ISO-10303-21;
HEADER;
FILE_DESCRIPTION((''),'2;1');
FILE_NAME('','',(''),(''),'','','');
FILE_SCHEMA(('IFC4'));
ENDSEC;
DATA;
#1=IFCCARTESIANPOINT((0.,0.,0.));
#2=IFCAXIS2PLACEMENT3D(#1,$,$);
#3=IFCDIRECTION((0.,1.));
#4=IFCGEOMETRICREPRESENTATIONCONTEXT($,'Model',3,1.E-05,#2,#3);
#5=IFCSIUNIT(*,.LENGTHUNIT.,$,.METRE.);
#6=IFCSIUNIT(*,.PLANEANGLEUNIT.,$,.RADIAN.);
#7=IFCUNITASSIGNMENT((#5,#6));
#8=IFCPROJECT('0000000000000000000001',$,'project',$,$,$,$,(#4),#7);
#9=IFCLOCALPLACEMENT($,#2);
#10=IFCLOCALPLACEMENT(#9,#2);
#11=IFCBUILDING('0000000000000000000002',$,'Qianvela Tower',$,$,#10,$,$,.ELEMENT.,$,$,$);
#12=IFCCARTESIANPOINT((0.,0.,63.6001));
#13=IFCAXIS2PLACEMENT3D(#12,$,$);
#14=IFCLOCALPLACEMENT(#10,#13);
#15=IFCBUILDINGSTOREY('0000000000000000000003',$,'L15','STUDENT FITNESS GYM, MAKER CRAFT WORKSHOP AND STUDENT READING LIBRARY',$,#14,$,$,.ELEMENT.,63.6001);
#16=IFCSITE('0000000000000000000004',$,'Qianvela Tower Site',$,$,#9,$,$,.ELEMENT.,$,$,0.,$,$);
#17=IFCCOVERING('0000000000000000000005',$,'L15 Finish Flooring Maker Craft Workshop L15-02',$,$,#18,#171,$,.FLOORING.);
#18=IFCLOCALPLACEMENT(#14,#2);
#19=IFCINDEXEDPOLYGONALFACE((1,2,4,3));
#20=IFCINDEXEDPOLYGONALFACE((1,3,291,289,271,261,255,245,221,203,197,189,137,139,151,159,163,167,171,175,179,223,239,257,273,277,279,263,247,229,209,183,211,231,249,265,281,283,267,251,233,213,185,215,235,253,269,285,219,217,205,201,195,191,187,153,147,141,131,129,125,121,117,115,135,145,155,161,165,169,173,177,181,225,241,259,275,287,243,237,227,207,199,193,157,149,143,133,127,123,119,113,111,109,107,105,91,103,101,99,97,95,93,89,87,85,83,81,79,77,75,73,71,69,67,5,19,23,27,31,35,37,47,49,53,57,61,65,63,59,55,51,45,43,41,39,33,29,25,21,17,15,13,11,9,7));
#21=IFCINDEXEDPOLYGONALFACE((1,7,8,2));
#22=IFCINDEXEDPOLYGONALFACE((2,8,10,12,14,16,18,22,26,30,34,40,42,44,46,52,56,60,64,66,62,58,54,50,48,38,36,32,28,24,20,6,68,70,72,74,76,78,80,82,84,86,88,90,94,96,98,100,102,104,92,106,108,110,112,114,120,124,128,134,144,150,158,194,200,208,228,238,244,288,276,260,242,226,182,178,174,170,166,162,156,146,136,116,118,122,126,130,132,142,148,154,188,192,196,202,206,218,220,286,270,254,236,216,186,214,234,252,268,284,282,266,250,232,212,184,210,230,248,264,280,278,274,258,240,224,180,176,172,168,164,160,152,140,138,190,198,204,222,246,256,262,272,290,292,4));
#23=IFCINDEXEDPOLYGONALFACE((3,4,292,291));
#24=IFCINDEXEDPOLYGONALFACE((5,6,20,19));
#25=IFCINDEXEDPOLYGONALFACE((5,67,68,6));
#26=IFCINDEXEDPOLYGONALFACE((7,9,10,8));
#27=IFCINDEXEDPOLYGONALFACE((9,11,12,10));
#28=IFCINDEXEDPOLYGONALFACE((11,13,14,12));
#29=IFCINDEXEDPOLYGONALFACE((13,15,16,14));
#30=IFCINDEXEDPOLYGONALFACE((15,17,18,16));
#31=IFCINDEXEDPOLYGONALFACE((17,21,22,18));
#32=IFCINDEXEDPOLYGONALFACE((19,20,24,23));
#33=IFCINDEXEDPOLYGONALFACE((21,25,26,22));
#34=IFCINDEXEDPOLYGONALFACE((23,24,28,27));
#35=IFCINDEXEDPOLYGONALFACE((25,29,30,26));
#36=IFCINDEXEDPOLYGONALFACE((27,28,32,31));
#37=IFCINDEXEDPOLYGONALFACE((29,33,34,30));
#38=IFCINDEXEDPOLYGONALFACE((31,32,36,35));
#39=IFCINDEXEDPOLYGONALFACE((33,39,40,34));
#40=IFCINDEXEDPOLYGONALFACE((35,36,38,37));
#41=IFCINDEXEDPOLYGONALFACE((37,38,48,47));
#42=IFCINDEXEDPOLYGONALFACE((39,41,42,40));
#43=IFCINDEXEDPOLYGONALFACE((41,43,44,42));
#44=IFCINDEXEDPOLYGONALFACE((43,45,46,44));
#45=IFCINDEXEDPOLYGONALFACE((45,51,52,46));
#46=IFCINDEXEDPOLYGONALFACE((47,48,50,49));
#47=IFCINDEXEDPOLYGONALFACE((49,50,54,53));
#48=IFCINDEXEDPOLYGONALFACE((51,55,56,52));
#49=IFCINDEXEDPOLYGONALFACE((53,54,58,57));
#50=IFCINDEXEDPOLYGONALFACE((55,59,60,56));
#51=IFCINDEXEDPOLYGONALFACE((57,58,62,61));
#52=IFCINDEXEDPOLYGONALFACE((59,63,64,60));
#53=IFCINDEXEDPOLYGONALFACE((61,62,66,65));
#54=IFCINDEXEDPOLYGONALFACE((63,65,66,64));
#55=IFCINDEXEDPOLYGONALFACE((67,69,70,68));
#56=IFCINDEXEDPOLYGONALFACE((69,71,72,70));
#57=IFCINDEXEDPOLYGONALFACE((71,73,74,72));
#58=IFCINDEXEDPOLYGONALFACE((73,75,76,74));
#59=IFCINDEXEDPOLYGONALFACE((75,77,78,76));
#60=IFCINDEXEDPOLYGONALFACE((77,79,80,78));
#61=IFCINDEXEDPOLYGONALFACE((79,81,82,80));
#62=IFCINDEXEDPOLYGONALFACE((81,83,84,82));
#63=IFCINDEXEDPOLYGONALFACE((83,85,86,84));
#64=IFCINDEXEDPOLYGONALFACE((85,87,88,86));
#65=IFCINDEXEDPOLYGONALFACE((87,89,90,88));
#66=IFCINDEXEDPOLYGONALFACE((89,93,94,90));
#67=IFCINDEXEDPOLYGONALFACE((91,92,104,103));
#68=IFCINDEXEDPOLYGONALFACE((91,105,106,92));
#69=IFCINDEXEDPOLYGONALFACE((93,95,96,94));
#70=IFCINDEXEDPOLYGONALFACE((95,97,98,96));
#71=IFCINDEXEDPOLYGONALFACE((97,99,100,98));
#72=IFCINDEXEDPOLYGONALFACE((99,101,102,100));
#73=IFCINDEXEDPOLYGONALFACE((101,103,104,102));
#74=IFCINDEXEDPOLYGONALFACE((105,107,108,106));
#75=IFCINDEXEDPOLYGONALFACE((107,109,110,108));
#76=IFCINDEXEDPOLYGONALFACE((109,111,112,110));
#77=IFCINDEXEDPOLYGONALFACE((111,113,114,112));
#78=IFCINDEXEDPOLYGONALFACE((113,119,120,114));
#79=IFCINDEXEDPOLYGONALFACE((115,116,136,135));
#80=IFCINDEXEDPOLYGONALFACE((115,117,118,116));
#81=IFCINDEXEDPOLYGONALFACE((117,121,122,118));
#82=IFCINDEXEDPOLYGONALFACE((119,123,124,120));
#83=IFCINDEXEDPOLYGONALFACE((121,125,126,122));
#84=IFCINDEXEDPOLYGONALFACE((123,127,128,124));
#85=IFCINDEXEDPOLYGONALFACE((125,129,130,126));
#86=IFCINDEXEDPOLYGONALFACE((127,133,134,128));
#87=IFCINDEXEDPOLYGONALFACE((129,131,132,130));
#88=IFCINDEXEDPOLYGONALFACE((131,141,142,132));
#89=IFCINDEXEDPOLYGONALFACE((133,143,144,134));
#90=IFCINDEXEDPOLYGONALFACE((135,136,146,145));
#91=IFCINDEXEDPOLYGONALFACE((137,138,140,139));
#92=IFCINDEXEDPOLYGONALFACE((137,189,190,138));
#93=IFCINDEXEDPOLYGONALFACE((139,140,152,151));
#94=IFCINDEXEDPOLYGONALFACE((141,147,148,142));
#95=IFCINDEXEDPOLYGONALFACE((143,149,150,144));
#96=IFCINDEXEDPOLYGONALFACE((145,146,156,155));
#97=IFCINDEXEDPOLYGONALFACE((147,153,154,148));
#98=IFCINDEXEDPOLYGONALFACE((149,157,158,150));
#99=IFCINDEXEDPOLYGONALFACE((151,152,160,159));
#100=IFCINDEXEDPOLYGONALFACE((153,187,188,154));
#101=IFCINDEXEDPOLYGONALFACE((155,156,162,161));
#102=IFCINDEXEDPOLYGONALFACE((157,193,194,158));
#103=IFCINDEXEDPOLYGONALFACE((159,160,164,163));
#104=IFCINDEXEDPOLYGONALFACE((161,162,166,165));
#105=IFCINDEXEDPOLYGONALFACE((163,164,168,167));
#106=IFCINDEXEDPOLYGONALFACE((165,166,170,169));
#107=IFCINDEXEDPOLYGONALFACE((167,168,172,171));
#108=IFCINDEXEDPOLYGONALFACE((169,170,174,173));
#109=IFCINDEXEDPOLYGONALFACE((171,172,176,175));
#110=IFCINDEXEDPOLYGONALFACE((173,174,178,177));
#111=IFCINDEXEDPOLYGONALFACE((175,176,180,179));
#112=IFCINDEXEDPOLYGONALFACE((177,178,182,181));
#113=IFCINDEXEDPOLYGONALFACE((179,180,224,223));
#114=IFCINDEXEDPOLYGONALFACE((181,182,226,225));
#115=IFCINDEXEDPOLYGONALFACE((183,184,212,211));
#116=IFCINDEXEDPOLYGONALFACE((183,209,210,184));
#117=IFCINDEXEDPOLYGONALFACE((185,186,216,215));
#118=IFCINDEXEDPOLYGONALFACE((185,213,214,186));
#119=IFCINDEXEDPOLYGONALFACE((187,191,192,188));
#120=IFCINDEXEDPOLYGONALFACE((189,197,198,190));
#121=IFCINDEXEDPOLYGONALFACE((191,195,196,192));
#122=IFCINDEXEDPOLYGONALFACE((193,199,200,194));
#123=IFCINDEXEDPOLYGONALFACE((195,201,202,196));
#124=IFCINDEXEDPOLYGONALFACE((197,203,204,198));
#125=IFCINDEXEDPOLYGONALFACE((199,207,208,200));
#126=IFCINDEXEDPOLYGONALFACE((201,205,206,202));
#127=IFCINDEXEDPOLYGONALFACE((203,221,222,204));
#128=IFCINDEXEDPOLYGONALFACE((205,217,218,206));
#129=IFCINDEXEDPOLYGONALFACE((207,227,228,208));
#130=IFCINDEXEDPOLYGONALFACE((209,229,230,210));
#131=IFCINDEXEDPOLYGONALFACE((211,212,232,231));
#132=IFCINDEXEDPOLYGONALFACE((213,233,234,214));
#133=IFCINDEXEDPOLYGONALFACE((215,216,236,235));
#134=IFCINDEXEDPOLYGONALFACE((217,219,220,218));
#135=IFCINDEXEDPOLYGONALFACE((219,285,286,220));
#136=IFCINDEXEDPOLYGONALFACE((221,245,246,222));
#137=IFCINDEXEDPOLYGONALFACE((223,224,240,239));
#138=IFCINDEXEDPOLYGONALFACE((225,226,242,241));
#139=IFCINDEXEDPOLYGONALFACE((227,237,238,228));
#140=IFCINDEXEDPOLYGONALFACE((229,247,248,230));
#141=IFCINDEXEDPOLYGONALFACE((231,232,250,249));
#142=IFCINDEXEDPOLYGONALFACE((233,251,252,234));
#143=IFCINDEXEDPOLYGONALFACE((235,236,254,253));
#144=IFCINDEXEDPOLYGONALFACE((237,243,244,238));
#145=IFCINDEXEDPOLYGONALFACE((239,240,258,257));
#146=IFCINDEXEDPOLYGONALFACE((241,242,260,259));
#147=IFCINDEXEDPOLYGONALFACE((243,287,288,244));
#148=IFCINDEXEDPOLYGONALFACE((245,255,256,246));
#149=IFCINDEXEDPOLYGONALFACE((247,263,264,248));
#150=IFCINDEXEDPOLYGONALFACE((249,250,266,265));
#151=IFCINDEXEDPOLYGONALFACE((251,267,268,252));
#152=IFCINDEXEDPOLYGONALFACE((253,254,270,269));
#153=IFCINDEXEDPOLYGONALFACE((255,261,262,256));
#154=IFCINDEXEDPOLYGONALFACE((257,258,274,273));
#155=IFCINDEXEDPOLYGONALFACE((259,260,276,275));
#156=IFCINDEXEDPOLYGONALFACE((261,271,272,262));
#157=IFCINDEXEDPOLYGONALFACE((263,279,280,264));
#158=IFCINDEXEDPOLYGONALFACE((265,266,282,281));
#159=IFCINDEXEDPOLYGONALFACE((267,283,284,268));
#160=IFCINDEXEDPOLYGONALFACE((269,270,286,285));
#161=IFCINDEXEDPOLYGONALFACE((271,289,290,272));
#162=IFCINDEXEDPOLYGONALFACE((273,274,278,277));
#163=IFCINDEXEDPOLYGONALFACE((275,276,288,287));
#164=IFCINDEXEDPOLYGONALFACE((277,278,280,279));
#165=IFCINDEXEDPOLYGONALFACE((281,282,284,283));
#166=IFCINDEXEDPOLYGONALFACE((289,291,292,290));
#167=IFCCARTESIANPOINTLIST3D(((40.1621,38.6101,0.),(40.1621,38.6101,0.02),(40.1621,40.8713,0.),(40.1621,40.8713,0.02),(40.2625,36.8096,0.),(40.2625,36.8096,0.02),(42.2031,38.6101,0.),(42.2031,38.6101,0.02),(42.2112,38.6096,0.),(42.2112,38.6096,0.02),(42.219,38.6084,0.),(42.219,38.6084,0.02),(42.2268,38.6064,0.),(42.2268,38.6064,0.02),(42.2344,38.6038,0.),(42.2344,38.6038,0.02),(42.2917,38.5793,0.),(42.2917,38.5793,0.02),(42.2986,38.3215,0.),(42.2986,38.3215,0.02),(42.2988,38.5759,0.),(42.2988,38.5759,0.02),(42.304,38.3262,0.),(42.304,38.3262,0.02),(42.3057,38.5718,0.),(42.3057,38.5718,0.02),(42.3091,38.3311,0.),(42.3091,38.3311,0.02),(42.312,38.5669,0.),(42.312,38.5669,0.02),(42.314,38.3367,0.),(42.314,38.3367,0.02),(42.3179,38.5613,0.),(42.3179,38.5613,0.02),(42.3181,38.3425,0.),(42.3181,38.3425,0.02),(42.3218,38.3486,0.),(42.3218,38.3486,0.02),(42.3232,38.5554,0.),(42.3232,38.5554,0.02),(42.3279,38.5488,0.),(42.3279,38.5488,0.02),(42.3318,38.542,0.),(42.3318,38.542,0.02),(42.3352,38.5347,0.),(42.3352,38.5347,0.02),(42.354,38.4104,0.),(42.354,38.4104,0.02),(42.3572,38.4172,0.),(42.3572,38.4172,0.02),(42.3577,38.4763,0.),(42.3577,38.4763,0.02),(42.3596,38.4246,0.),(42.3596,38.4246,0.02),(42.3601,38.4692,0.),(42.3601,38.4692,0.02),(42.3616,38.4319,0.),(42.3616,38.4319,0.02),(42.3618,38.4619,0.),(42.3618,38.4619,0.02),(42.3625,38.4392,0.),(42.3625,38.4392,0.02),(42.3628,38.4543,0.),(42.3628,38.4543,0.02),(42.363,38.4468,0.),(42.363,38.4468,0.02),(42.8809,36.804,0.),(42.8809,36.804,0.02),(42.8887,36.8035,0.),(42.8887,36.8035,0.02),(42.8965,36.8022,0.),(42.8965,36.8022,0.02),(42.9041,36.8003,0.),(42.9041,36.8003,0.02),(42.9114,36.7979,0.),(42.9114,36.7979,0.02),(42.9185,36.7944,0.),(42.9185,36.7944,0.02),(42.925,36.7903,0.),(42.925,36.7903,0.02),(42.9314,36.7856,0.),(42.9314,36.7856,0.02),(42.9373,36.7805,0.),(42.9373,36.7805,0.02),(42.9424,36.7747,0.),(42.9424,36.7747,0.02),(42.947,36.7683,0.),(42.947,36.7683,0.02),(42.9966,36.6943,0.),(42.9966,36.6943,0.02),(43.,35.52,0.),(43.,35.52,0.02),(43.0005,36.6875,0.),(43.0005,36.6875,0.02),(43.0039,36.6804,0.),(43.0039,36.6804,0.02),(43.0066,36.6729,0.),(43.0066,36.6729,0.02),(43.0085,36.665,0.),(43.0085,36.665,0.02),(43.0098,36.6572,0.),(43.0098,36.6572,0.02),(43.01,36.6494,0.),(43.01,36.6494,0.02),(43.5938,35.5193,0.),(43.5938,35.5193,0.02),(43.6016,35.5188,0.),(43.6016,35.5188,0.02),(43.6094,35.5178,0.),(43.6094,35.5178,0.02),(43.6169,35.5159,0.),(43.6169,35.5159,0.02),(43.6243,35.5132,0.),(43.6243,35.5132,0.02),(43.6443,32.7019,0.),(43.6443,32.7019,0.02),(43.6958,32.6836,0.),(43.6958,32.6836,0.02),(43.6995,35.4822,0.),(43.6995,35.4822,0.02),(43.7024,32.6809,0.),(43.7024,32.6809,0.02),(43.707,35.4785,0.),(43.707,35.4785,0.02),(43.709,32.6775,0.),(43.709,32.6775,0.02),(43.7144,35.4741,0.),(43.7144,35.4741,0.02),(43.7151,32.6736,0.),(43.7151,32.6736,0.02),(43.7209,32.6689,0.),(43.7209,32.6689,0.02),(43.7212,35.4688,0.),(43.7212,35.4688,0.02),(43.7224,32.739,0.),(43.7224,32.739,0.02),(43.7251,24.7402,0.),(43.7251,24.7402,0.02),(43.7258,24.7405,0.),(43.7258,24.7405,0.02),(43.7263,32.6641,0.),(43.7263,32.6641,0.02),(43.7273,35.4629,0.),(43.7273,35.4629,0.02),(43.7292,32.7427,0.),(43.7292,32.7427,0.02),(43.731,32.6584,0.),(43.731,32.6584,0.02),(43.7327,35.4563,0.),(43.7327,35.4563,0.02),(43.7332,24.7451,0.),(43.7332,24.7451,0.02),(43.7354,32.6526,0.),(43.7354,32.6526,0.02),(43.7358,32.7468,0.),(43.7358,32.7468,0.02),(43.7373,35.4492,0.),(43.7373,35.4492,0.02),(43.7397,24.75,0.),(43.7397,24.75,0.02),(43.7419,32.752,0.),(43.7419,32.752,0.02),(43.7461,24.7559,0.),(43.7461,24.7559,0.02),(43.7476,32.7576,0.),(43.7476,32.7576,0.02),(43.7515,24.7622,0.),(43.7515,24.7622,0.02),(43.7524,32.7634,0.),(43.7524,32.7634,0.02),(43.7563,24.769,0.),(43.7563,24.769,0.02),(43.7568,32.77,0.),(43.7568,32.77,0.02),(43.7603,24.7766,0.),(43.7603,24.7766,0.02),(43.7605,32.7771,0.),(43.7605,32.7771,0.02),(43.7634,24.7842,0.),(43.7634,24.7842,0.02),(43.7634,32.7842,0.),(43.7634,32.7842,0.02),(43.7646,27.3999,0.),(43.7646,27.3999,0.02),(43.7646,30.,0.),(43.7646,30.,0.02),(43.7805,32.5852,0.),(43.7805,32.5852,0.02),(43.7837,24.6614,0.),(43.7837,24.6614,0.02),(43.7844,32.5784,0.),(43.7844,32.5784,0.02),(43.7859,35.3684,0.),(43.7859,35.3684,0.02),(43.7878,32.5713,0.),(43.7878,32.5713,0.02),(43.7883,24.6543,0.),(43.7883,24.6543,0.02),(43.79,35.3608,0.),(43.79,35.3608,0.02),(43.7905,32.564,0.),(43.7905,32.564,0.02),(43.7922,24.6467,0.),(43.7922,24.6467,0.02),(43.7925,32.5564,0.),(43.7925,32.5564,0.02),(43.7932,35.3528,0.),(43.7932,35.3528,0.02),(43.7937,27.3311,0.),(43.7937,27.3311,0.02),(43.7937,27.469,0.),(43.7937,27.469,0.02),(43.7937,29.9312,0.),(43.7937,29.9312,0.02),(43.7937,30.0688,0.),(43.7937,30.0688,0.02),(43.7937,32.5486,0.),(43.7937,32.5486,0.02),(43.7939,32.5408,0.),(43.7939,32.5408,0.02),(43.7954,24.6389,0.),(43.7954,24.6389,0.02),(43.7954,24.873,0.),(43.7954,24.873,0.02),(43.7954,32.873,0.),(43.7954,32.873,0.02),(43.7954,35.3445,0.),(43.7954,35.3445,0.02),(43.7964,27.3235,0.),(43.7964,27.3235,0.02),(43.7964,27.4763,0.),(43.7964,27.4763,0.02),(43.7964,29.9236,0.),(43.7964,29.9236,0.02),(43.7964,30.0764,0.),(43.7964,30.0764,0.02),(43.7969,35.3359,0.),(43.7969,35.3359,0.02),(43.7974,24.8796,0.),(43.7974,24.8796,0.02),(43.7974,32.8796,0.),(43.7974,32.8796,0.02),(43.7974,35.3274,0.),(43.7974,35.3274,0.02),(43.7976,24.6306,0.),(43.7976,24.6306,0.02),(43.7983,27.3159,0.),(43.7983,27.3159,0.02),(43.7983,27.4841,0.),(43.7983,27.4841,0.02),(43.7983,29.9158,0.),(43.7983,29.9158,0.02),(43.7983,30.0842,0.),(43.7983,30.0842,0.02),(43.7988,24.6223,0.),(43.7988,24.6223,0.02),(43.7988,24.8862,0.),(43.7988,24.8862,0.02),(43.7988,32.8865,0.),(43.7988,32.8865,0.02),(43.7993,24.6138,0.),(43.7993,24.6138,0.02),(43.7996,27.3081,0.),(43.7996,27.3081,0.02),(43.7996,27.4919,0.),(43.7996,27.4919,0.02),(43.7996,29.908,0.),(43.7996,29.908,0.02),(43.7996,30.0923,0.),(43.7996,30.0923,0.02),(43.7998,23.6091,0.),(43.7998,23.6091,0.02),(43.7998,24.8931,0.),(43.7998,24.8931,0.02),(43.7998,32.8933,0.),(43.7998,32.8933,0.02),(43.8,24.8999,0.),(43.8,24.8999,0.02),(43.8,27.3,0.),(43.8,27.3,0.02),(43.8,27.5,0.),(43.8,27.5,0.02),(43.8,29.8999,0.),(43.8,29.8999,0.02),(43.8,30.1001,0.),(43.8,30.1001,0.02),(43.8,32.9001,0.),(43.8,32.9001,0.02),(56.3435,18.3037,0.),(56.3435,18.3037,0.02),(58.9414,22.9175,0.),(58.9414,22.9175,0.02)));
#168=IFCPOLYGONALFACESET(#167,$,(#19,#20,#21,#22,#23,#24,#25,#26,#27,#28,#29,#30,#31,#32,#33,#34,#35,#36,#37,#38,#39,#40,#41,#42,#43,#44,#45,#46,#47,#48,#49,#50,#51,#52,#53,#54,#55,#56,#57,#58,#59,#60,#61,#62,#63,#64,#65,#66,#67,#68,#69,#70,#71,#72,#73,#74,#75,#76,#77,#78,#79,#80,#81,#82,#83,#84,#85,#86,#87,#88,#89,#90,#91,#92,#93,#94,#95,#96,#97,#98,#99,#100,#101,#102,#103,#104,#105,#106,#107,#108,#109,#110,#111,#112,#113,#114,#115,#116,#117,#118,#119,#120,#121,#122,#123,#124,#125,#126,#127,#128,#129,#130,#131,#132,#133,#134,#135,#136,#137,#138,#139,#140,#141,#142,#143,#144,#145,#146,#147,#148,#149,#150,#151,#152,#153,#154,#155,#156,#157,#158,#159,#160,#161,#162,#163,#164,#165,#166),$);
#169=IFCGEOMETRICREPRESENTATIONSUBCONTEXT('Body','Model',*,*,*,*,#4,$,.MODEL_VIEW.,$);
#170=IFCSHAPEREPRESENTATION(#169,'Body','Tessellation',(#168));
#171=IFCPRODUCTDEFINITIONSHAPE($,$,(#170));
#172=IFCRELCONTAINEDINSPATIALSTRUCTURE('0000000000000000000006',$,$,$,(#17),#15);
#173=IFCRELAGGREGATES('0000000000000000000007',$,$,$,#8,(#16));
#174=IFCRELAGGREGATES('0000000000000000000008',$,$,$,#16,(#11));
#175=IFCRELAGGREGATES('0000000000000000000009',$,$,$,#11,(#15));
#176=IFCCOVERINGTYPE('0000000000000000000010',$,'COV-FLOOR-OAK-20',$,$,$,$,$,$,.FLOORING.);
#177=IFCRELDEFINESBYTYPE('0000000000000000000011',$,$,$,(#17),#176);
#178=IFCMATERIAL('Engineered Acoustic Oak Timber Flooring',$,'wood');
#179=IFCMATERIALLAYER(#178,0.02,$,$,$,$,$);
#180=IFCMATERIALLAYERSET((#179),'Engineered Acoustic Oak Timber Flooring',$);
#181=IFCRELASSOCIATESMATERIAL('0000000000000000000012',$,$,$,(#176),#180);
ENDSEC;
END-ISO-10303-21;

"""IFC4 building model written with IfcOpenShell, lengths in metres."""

from ifc_helpers import new_model, si_unit, direction, frame, origin, place, context, subcontext, project, spatial, polyline, outline, extrude, material, layer, layer_set, type_object, element, save


model = new_model("IFC4")

# Units and contexts
model_context = context("Model", 3, precision=1e-05, world=origin(), true_north=direction((0.0, 1.0)))
body_context = subcontext(model_context, "Body", "Model", "MODEL_VIEW")
ifc_project = project(units=[si_unit("LENGTHUNIT", "METRE"), si_unit("PLANEANGLEUNIT", "RADIAN")], contexts=[model_context])

# Site, building, storey
site_placement = place(None, origin())
site = spatial("IfcSite", under=ifc_project, at=site_placement, Name="Qianvela Tower Site", CompositionType="ELEMENT", RefElevation=0.0)
building_placement = place(site_placement, origin())
building = spatial("IfcBuilding", under=site, at=building_placement, Name="Qianvela Tower", CompositionType="ELEMENT")
storey_placement = place(building_placement, frame((0.0, 0.0, 63.6001)))
storey = spatial("IfcBuildingStorey", under=building, at=storey_placement, Name="L15", Description="STUDENT FITNESS GYM, MAKER CRAFT WORKSHOP AND STUDENT READING LIBRARY", CompositionType="ELEMENT", Elevation=63.6001)

# Covering
ifc_material_1 = material(Name="Engineered Acoustic Oak Timber Flooring", Category="wood")
ifc_layer_1 = layer(ifc_material_1, 0.02)
ifc_layer_set_1 = layer_set([ifc_layer_1], Name="Engineered Acoustic Oak Timber Flooring")
covering_type_1 = type_object("IfcCoveringType", Name="COV-FLOOR-OAK-20", PredefinedType="FLOORING", material=ifc_layer_set_1)
covering_1_placement = place(storey_placement, origin())
element("IfcCovering", 1, at=covering_1_placement, inside=storey, type_object=covering_type_1, Name="L15 Finish Flooring Maker Craft Workshop L15-02", PredefinedType="FLOORING", context=body_context, shape_type="SweptSolid", body=[
    extrude(outline(polyline([(40.2625, 36.8096), (42.2986, 38.3215), (42.304, 38.3262), (42.3091, 38.3311), (42.314, 38.3367), (42.3181, 38.3425), (42.3218, 38.3486), (42.354, 38.4104), (42.3572, 38.4172), (42.3596, 38.4246), (42.3616, 38.4319), (42.3625, 38.4392), (42.363, 38.4468), (42.3628, 38.4543), (42.3618, 38.4619), (42.3601, 38.4692), (42.3577, 38.4763), (42.3352, 38.5347), (42.3318, 38.542), (42.3279, 38.5488), (42.3232, 38.5554), (42.3179, 38.5613), (42.312, 38.5669), (42.3057, 38.5718), (42.2988, 38.5759), (42.2917, 38.5793), (42.2344, 38.6038), (42.2268, 38.6064), (42.219, 38.6084), (42.2112, 38.6096), (42.2031, 38.6101), (40.1621, 38.6101), (40.1621, 40.8713), (58.9414, 22.9175), (56.3435, 18.3037), (43.7998, 23.6091), (43.7993, 24.6138), (43.7988, 24.6223), (43.7976, 24.6306), (43.7954, 24.6389), (43.7922, 24.6467), (43.7883, 24.6543), (43.7837, 24.6614), (43.7251, 24.7402), (43.7258, 24.7405), (43.7332, 24.7451), (43.7397, 24.75), (43.7461, 24.7559), (43.7515, 24.7622), (43.7563, 24.769), (43.7603, 24.7766), (43.7634, 24.7842), (43.7954, 24.873), (43.7974, 24.8796), (43.7988, 24.8862), (43.7998, 24.8931), (43.8, 24.8999), (43.8, 27.3), (43.7996, 27.3081), (43.7983, 27.3159), (43.7964, 27.3235), (43.7937, 27.3311), (43.7646, 27.3999), (43.7937, 27.469), (43.7964, 27.4763), (43.7983, 27.4841), (43.7996, 27.4919), (43.8, 27.5), (43.8, 29.8999), (43.7996, 29.908), (43.7983, 29.9158), (43.7964, 29.9236), (43.7937, 29.9312), (43.7646, 30.0), (43.7937, 30.0688), (43.7964, 30.0764), (43.7983, 30.0842), (43.7996, 30.0923), (43.8, 30.1001), (43.7939, 32.5408), (43.7937, 32.5486), (43.7925, 32.5564), (43.7905, 32.564), (43.7878, 32.5713), (43.7844, 32.5784), (43.7805, 32.5852), (43.7354, 32.6526), (43.731, 32.6584), (43.7263, 32.6641), (43.7209, 32.6689), (43.7151, 32.6736), (43.709, 32.6775), (43.7024, 32.6809), (43.6958, 32.6836), (43.6443, 32.7019), (43.7224, 32.739), (43.7292, 32.7427), (43.7358, 32.7468), (43.7419, 32.752), (43.7476, 32.7576), (43.7524, 32.7634), (43.7568, 32.77), (43.7605, 32.7771), (43.7634, 32.7842), (43.7954, 32.873), (43.7974, 32.8796), (43.7988, 32.8865), (43.7998, 32.8933), (43.8, 32.9001), (43.7974, 35.3274), (43.7969, 35.3359), (43.7954, 35.3445), (43.7932, 35.3528), (43.79, 35.3608), (43.7859, 35.3684), (43.7373, 35.4492), (43.7327, 35.4563), (43.7273, 35.4629), (43.7212, 35.4688), (43.7144, 35.4741), (43.707, 35.4785), (43.6995, 35.4822), (43.6243, 35.5132), (43.6169, 35.5159), (43.6094, 35.5178), (43.6016, 35.5188), (43.5938, 35.5193), (43.0, 35.52), (43.01, 36.6494), (43.0098, 36.6572), (43.0085, 36.665), (43.0066, 36.6729), (43.0039, 36.6804), (43.0005, 36.6875), (42.9966, 36.6943), (42.947, 36.7683), (42.9424, 36.7747), (42.9373, 36.7805), (42.9314, 36.7856), (42.925, 36.7903), (42.9185, 36.7944), (42.9114, 36.7979), (42.9041, 36.8003), (42.8965, 36.8022), (42.8887, 36.8035), (42.8809, 36.804), (40.2625, 36.8096)])), origin(), (0.0, 0.0, 1.0), 0.02),
])

save(model, "model.ifc")
